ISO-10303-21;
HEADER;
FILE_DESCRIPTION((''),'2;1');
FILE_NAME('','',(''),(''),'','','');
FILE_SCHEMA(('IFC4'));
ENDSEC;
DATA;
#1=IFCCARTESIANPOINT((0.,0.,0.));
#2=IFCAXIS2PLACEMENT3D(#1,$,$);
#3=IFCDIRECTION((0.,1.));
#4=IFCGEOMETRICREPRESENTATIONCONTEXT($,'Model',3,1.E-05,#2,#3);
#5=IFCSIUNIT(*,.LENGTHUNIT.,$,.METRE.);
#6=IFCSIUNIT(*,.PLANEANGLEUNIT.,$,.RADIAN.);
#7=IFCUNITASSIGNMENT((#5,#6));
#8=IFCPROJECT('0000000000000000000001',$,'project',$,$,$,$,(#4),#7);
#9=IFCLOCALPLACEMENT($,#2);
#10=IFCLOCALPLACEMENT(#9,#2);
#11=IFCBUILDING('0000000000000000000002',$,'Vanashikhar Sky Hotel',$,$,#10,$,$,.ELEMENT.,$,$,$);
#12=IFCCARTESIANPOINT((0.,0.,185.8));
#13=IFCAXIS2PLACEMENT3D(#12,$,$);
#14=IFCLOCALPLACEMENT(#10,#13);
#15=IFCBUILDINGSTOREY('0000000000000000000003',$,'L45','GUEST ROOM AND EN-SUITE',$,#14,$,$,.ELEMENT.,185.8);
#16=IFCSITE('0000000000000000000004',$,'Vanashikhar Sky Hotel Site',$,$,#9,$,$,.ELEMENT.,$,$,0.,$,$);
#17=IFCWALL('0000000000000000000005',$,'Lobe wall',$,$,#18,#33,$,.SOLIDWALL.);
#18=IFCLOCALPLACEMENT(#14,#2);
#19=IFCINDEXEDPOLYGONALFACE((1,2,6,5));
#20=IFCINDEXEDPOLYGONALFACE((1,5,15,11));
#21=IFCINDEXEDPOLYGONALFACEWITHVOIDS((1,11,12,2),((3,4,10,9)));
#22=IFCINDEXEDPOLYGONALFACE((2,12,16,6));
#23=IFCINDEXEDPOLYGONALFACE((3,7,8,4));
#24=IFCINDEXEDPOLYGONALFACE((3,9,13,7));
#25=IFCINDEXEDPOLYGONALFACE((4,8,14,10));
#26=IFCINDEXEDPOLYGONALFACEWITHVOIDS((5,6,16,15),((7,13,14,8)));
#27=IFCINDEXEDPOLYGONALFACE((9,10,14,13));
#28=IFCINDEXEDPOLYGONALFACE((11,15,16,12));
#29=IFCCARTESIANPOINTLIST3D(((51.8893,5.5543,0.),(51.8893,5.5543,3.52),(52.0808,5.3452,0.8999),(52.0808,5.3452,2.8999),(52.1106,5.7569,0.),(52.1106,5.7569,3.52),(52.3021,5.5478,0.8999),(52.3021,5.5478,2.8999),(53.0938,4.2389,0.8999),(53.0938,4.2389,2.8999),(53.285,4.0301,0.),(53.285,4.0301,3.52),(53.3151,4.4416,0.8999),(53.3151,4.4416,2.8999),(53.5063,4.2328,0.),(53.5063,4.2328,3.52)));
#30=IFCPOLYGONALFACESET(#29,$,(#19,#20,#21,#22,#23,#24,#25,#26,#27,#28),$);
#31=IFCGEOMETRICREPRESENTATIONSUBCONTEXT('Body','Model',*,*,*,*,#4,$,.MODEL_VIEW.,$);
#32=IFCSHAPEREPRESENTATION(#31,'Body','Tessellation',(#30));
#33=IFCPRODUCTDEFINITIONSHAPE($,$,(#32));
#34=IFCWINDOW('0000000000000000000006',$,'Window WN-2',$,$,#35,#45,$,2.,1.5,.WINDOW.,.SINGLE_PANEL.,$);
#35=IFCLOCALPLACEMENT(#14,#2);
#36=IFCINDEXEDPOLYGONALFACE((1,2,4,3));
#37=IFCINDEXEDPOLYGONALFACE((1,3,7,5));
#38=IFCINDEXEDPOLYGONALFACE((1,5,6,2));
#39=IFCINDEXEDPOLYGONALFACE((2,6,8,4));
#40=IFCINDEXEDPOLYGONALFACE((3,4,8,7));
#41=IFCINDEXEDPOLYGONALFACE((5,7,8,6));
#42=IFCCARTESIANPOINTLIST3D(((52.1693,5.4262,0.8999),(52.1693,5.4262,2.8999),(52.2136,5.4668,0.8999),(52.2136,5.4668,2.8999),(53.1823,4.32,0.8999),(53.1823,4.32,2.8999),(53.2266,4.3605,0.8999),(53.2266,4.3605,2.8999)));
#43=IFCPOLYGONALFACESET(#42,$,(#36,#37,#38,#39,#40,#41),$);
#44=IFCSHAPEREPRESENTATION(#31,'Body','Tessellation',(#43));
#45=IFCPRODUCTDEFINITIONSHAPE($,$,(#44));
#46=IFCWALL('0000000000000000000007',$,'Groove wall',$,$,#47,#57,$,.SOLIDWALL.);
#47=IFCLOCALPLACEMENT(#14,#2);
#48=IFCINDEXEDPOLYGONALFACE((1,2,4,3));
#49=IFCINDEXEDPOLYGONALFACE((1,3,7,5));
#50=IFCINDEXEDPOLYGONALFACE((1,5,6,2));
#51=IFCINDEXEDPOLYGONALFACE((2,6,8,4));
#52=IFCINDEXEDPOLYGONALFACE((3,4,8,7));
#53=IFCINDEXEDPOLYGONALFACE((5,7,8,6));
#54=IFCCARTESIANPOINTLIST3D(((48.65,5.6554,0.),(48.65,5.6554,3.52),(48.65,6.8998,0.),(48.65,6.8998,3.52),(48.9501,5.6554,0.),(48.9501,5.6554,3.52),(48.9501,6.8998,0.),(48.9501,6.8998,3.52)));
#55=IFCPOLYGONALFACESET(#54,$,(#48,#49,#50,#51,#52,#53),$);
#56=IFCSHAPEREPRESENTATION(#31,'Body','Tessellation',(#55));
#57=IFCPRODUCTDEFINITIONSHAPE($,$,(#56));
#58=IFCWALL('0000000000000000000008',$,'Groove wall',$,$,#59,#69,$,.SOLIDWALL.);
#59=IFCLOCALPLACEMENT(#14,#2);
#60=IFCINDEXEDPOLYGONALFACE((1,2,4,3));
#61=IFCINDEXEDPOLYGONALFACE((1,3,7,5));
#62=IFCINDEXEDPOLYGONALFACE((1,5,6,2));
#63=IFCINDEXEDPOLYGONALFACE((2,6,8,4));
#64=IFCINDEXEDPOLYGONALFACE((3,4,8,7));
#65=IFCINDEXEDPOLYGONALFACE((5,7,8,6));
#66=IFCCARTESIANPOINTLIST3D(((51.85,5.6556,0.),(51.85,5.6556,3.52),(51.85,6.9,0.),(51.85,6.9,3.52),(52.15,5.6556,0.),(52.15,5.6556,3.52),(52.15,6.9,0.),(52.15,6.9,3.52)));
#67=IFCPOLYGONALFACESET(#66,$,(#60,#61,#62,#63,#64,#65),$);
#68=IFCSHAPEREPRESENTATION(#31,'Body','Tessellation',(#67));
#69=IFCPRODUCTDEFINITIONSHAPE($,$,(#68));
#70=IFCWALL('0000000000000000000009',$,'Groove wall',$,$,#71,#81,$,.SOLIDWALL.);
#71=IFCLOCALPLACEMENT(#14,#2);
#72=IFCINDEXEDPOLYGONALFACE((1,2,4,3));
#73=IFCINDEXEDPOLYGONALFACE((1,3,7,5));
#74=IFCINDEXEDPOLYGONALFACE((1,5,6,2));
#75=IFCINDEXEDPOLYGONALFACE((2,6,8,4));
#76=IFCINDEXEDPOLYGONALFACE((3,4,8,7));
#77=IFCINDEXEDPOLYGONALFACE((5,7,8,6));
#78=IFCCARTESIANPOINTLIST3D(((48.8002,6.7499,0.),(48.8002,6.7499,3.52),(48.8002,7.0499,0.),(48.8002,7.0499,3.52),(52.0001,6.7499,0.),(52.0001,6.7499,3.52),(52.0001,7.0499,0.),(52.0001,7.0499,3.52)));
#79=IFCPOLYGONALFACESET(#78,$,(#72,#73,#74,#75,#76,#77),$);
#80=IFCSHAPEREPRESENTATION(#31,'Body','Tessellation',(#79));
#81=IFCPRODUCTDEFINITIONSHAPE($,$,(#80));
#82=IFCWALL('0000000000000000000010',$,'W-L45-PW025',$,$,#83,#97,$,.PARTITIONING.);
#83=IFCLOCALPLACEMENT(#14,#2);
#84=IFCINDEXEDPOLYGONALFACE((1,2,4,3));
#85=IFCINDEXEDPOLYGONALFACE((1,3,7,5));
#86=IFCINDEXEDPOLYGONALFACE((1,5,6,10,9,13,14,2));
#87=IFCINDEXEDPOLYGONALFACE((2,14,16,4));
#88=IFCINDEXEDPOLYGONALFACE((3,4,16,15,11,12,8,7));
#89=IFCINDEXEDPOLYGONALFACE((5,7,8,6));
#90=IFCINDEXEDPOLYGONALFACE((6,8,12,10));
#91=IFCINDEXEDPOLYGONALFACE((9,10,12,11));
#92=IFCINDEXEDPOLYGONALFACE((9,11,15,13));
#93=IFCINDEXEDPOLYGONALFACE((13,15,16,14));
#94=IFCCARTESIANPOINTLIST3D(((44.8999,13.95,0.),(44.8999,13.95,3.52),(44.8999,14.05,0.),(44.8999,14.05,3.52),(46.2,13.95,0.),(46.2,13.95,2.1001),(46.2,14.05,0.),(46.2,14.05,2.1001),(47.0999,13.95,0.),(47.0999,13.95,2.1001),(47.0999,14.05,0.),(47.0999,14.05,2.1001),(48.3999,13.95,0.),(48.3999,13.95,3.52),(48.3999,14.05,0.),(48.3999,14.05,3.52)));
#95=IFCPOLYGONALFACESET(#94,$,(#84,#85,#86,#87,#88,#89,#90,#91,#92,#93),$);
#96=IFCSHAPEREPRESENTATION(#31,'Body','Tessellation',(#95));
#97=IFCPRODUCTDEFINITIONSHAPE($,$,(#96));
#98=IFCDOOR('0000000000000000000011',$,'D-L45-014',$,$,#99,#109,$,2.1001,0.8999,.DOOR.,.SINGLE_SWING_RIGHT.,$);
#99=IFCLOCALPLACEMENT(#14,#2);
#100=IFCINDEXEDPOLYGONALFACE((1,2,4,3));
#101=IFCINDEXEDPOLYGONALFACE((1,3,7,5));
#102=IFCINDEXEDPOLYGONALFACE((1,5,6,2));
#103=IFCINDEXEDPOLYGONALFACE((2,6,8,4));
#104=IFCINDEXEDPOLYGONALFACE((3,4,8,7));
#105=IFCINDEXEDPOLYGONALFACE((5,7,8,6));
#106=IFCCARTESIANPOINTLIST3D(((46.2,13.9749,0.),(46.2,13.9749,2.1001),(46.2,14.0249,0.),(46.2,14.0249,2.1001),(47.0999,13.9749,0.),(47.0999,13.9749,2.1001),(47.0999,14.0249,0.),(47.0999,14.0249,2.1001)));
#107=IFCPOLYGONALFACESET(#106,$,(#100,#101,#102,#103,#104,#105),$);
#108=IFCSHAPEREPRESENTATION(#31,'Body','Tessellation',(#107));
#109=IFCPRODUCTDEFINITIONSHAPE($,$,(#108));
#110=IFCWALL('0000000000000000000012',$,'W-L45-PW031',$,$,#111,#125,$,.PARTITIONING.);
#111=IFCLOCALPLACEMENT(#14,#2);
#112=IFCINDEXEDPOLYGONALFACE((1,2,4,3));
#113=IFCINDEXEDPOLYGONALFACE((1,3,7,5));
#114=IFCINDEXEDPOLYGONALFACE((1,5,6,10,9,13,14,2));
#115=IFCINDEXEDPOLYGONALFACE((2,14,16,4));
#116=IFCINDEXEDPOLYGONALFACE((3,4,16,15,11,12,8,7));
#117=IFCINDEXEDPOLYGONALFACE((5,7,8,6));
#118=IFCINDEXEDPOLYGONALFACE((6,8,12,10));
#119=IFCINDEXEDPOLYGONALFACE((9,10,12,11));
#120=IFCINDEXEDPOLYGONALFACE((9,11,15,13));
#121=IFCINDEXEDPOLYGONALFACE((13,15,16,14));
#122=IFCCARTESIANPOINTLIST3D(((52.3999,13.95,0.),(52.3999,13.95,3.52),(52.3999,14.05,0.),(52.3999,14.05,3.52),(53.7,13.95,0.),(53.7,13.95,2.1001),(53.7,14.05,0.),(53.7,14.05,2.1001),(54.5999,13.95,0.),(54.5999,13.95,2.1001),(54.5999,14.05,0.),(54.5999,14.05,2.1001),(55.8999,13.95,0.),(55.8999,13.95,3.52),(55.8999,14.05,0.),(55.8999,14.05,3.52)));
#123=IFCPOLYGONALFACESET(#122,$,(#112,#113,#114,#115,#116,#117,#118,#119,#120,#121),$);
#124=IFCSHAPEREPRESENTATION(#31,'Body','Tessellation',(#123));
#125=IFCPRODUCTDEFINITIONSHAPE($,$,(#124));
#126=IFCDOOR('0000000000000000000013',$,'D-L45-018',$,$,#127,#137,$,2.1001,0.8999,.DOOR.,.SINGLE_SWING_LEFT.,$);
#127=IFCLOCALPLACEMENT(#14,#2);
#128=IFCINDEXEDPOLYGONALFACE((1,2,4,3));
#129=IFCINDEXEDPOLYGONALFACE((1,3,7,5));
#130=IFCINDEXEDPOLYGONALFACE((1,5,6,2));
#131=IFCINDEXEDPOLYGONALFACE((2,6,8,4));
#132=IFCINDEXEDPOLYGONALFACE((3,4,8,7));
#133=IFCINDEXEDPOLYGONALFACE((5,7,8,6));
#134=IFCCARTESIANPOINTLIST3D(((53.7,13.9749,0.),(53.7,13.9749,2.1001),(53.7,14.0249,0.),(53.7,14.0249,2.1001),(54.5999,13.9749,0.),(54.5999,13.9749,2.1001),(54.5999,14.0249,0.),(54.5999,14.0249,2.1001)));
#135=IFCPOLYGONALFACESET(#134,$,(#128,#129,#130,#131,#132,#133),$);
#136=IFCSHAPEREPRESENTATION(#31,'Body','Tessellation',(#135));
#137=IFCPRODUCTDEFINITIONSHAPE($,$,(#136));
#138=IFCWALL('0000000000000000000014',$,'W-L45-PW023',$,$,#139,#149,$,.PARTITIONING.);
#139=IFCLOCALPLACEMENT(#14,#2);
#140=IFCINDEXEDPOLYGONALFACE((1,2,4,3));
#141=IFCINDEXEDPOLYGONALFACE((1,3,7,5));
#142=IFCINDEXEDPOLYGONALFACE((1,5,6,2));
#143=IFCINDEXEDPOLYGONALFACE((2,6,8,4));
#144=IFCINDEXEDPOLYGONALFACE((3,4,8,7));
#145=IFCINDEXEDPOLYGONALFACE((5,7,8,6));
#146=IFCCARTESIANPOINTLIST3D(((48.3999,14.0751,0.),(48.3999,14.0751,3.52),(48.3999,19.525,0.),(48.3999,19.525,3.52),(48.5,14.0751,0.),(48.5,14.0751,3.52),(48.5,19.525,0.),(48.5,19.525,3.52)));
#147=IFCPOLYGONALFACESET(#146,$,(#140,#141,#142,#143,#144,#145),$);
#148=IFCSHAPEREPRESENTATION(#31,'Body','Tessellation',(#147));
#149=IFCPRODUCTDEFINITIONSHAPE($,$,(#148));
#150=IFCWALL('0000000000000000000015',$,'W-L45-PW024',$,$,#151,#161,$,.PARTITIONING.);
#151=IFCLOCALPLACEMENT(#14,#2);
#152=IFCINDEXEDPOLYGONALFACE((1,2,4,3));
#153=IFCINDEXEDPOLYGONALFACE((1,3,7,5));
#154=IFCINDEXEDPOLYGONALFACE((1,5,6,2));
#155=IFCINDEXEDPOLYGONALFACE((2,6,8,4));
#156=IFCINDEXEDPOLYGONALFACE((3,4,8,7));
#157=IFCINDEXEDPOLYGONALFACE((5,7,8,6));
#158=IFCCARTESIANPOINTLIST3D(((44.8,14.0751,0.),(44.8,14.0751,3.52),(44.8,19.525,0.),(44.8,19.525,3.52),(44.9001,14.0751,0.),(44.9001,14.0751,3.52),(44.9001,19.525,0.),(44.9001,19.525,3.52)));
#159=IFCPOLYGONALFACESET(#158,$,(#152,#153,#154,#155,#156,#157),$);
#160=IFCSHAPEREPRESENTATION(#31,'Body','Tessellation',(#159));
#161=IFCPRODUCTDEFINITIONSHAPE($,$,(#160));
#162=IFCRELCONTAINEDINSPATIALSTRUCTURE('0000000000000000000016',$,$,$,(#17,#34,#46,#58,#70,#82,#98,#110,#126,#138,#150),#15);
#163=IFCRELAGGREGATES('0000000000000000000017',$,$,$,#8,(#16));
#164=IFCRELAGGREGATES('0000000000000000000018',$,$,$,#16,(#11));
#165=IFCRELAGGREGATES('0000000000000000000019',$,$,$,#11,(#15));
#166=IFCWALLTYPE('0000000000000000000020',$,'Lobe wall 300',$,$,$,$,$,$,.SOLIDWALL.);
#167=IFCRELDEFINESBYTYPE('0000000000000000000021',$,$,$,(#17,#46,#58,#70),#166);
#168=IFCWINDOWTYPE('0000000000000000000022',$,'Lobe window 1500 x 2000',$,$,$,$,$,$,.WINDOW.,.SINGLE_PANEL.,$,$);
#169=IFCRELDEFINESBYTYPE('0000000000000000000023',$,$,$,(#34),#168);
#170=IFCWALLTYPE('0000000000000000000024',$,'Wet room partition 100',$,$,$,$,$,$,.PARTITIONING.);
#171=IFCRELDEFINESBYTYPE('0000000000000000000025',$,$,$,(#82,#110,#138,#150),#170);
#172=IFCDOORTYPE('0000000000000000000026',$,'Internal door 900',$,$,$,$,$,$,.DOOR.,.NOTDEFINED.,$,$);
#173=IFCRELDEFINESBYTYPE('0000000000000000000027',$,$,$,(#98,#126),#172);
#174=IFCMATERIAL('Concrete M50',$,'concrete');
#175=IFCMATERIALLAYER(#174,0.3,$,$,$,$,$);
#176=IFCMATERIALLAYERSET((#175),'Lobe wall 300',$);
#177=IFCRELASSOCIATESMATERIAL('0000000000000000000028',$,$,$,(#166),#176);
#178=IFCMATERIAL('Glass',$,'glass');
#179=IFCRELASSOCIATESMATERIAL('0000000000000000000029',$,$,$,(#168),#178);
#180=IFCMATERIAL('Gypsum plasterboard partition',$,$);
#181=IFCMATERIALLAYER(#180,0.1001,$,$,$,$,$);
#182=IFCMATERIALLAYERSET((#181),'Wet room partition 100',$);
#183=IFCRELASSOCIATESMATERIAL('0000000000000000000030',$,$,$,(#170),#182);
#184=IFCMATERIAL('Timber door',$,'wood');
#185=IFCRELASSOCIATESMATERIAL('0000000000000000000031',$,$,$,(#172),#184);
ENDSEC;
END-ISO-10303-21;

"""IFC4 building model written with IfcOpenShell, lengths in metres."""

from ifc_helpers import new_model, si_unit, direction, frame, frame_2d, origin, place, context, subcontext, project, spatial, rectangle, extrude, source, transform, mapped, material, layer, layer_set, type_object, element, fill, save


model = new_model("IFC4")

# Units and contexts
model_context = context("Model", 3, precision=1e-05, world=origin(), true_north=direction((0.0, 1.0)))
body_context = subcontext(model_context, "Body", "Model", "MODEL_VIEW")
ifc_project = project(units=[si_unit("LENGTHUNIT", "METRE"), si_unit("PLANEANGLEUNIT", "RADIAN")], contexts=[model_context])

# Site, building, storey
site_placement = place(None, origin())
site = spatial("IfcSite", under=ifc_project, at=site_placement, Name="Vanashikhar Sky Hotel Site", CompositionType="ELEMENT", RefElevation=0.0)
building_placement = place(site_placement, origin())
building = spatial("IfcBuilding", under=site, at=building_placement, Name="Vanashikhar Sky Hotel", CompositionType="ELEMENT")
storey_placement = place(building_placement, frame((0.0, 0.0, 185.8)))
storey = spatial("IfcBuildingStorey", under=building, at=storey_placement, Name="L45", Description="GUEST ROOM AND EN-SUITE", CompositionType="ELEMENT", Elevation=185.8)

# Wall, opening, window
ifc_material_1 = material(Name="Concrete M50", Category="concrete")
ifc_layer_1 = layer(ifc_material_1, 0.3)
ifc_layer_set_1 = layer_set([ifc_layer_1], Name="Lobe wall 300")
wall_type_1 = type_object("IfcWallType", Name="Lobe wall 300", PredefinedType="SOLIDWALL", material=ifc_layer_set_1)
shared_shape_1 = source(origin(), body_context, "Body", "SweptSolid", [
    extrude(rectangle(XDim=1.5, YDim=2.0, at=frame_2d((0.75, 1.0))), frame((0.0, 0.1602, 0.0), z_axis=(0.0, -1.0, 0.0), x_axis=(1.0, 0.0, 0.0)), (0.0, 0.0, 1.0), 0.3201),
])
ifc_material_2 = material(Name="Glass", Category="glass")
window_type = type_object("IfcWindowType", Name="Lobe window 1500 x 2000", PartitioningType="SINGLE_PANEL", PredefinedType="WINDOW", material=ifc_material_2)
shared_shape_2 = source(origin(), body_context, "Body", "SweptSolid", [
    extrude(rectangle(XDim=1.5, YDim=2.0, at=frame_2d((0.75, 1.0))), frame((0.0, 0.03, 0.0), z_axis=(0.0, -1.0, 0.0), x_axis=(1.0, 0.0, 0.0)), (0.0, 0.0, 1.0), 0.0601),
])
shared_shape_3 = source(origin(), body_context, "Body", "SweptSolid", [
    extrude(rectangle(XDim=2.0667, YDim=0.3, at=frame_2d((1.0332, 0.0))), origin(), (0.0, 0.0, 1.0), 3.52),
])
wall_1_placement = place(storey_placement, frame((52.0, 5.6555, 0.0), z_axis=(0.0, 0.0, 1.0), x_axis=(0.675355, -0.737492, 0.0)))
wall_1 = element("IfcWall", 1, at=wall_1_placement, inside=storey, type_object=wall_type_1, Name="Lobe wall", PredefinedType="SOLIDWALL", context=body_context, shape_type="MappedRepresentation", body=[
    mapped(shared_shape_3, transform((0.0, 0.0, 0.0), scale=1.0)),
])
opening_1_placement = place(wall_1_placement, frame((0.2834, 0.0, 0.8999)))
opening_1 = element("IfcOpeningElement", 2, at=opening_1_placement, cuts=wall_1, PredefinedType="OPENING", context=body_context, shape_type="MappedRepresentation", body=[
    mapped(shared_shape_1, transform((0.0, 0.0, 0.0), scale=1.0)),
])
window_1_placement = place(opening_1_placement, origin())
window_1 = element("IfcWindow", 3, at=window_1_placement, inside=storey, type_object=window_type, Name="Window WN-2", OverallHeight=2.0, OverallWidth=1.5, PartitioningType="SINGLE_PANEL", PredefinedType="WINDOW", context=body_context, shape_type="MappedRepresentation", body=[
    mapped(shared_shape_2, transform((0.0, 0.0, 0.0), scale=1.0)),
])
fill(opening_1, window_1)

# Walls
shared_shape_4 = source(origin(), body_context, "Body", "SweptSolid", [
    extrude(rectangle(XDim=1.2444, YDim=0.3, at=frame_2d((0.6221, 0.0))), origin(), (0.0, 0.0, 1.0), 3.52),
])
for number, where, z_axis, x_axis, name in (
    (4, (48.8, 5.6555, 0.0), (0.0, 0.0, 1.0), (0.0, 1.0, 0.0), "Groove wall"),
    (5, (52.0, 6.8999, 0.0), (0.0, 0.0, 1.0), (0.0, -1.0, 0.0), "Groove wall"),
):
    element("IfcWall", number, at=place(storey_placement, frame(where, z_axis=z_axis, x_axis=x_axis)), inside=storey, type_object=wall_type_1, Name=name, PredefinedType="SOLIDWALL", context=body_context, shape_type="MappedRepresentation", body=[
        mapped(shared_shape_4, transform((0.0, 0.0, 0.0), scale=1.0)),
    ])
shared_shape_5 = source(origin(), body_context, "Body", "SweptSolid", [
    extrude(rectangle(XDim=3.2, YDim=0.3, at=frame_2d((1.6001, 0.0))), origin(), (0.0, 0.0, 1.0), 3.52),
])
wall_2_placement = place(storey_placement, frame((48.8, 6.8999, 0.0), z_axis=(0.0, 0.0, 1.0), x_axis=(1.0, 0.0, 0.0)))
element("IfcWall", 6, at=wall_2_placement, inside=storey, type_object=wall_type_1, Name="Groove wall", PredefinedType="SOLIDWALL", context=body_context, shape_type="MappedRepresentation", body=[
    mapped(shared_shape_5, transform((0.0, 0.0, 0.0), scale=1.0)),
])

# Walls, openings, doors
ifc_material_3 = material(Name="Gypsum plasterboard partition")
ifc_layer_2 = layer(ifc_material_3, 0.1001)
ifc_layer_set_2 = layer_set([ifc_layer_2], Name="Wet room partition 100")
wall_type_2 = type_object("IfcWallType", Name="Wet room partition 100", PredefinedType="PARTITIONING", material=ifc_layer_set_2)
shared_shape_6 = source(origin(), body_context, "Body", "SweptSolid", [
    extrude(rectangle(XDim=3.5, YDim=0.1001, at=frame_2d((1.75, 0.0))), origin(), (0.0, 0.0, 1.0), 3.52),
])
wall_3_placement = place(storey_placement, frame((44.8999, 14.0, 0.0), z_axis=(0.0, 0.0, 1.0), x_axis=(1.0, 0.0, 0.0)))
wall_3 = element("IfcWall", 7, at=wall_3_placement, inside=storey, type_object=wall_type_2, Name="W-L45-PW025", PredefinedType="PARTITIONING", context=body_context, shape_type="MappedRepresentation", body=[
    mapped(shared_shape_6, transform((0.0, 0.0, 0.0), scale=1.0)),
])
shared_shape_7 = source(origin(), body_context, "Body", "SweptSolid", [
    extrude(rectangle(XDim=0.8999, YDim=2.1001, at=frame_2d((0.45, 1.05))), frame((0.0, 0.0601, 0.0), z_axis=(0.0, -1.0, 0.0), x_axis=(1.0, 0.0, 0.0)), (0.0, 0.0, 1.0), 0.1201),
])
opening_2_placement = place(wall_3_placement, frame((1.3, 0.0, 0.0)))
opening_2 = element("IfcOpeningElement", 8, at=opening_2_placement, cuts=wall_3, PredefinedType="OPENING", context=body_context, shape_type="MappedRepresentation", body=[
    mapped(shared_shape_7, transform((0.0, 0.0, 0.0), scale=1.0)),
])
ifc_material_4 = material(Name="Timber door", Category="wood")
door_type = type_object("IfcDoorType", Name="Internal door 900", OperationType="NOTDEFINED", PredefinedType="DOOR", material=ifc_material_4)
shared_shape_8 = source(origin(), body_context, "Body", "SweptSolid", [
    extrude(rectangle(XDim=0.8999, YDim=2.1001, at=frame_2d((0.45, 1.05))), frame((0.0, 0.0249, 0.0), z_axis=(0.0, -1.0, 0.0), x_axis=(1.0, 0.0, 0.0)), (0.0, 0.0, 1.0), 0.05),
])
door_1_placement = place(opening_2_placement, origin())
door_1 = element("IfcDoor", 9, at=door_1_placement, inside=storey, type_object=door_type, Name="D-L45-014", OperationType="SINGLE_SWING_RIGHT", OverallHeight=2.1001, OverallWidth=0.8999, PredefinedType="DOOR", context=body_context, shape_type="MappedRepresentation", body=[
    mapped(shared_shape_8, transform((0.0, 0.0, 0.0), scale=1.0)),
])
fill(opening_2, door_1)
wall_4_placement = place(storey_placement, frame((52.3999, 14.0, 0.0), z_axis=(0.0, 0.0, 1.0), x_axis=(1.0, 0.0, 0.0)))
wall_4 = element("IfcWall", 10, at=wall_4_placement, inside=storey, type_object=wall_type_2, Name="W-L45-PW031", PredefinedType="PARTITIONING", context=body_context, shape_type="MappedRepresentation", body=[
    mapped(shared_shape_6, transform((0.0, 0.0, 0.0), scale=1.0)),
])
opening_3_placement = place(wall_4_placement, frame((1.3, 0.0, 0.0)))
opening_3 = element("IfcOpeningElement", 11, at=opening_3_placement, cuts=wall_4, PredefinedType="OPENING", context=body_context, shape_type="MappedRepresentation", body=[
    mapped(shared_shape_7, transform((0.0, 0.0, 0.0), scale=1.0)),
])
door_2_placement = place(opening_3_placement, origin())
door_2 = element("IfcDoor", 12, at=door_2_placement, inside=storey, type_object=door_type, Name="D-L45-018", OperationType="SINGLE_SWING_LEFT", OverallHeight=2.1001, OverallWidth=0.8999, PredefinedType="DOOR", context=body_context, shape_type="MappedRepresentation", body=[
    mapped(shared_shape_8, transform((0.0, 0.0, 0.0), scale=1.0)),
])
fill(opening_3, door_2)

# Walls
shared_shape_9 = source(origin(), body_context, "Body", "SweptSolid", [
    extrude(rectangle(XDim=5.45, YDim=0.1001, at=frame_2d((2.7251, 0.0))), origin(), (0.0, 0.0, 1.0), 3.52),
])
for number, where, z_axis, x_axis, name in (
    (13, (48.45, 14.075, 0.0), (0.0, 0.0, 1.0), (0.0, 1.0, 0.0), "W-L45-PW023"),
    (14, (44.8501, 14.075, 0.0), (0.0, 0.0, 1.0), (0.0, 1.0, 0.0), "W-L45-PW024"),
):
    element("IfcWall", number, at=place(storey_placement, frame(where, z_axis=z_axis, x_axis=x_axis)), inside=storey, type_object=wall_type_2, Name=name, PredefinedType="PARTITIONING", context=body_context, shape_type="MappedRepresentation", body=[
        mapped(shared_shape_9, transform((0.0, 0.0, 0.0), scale=1.0)),
    ])

save(model, "model.ifc")
